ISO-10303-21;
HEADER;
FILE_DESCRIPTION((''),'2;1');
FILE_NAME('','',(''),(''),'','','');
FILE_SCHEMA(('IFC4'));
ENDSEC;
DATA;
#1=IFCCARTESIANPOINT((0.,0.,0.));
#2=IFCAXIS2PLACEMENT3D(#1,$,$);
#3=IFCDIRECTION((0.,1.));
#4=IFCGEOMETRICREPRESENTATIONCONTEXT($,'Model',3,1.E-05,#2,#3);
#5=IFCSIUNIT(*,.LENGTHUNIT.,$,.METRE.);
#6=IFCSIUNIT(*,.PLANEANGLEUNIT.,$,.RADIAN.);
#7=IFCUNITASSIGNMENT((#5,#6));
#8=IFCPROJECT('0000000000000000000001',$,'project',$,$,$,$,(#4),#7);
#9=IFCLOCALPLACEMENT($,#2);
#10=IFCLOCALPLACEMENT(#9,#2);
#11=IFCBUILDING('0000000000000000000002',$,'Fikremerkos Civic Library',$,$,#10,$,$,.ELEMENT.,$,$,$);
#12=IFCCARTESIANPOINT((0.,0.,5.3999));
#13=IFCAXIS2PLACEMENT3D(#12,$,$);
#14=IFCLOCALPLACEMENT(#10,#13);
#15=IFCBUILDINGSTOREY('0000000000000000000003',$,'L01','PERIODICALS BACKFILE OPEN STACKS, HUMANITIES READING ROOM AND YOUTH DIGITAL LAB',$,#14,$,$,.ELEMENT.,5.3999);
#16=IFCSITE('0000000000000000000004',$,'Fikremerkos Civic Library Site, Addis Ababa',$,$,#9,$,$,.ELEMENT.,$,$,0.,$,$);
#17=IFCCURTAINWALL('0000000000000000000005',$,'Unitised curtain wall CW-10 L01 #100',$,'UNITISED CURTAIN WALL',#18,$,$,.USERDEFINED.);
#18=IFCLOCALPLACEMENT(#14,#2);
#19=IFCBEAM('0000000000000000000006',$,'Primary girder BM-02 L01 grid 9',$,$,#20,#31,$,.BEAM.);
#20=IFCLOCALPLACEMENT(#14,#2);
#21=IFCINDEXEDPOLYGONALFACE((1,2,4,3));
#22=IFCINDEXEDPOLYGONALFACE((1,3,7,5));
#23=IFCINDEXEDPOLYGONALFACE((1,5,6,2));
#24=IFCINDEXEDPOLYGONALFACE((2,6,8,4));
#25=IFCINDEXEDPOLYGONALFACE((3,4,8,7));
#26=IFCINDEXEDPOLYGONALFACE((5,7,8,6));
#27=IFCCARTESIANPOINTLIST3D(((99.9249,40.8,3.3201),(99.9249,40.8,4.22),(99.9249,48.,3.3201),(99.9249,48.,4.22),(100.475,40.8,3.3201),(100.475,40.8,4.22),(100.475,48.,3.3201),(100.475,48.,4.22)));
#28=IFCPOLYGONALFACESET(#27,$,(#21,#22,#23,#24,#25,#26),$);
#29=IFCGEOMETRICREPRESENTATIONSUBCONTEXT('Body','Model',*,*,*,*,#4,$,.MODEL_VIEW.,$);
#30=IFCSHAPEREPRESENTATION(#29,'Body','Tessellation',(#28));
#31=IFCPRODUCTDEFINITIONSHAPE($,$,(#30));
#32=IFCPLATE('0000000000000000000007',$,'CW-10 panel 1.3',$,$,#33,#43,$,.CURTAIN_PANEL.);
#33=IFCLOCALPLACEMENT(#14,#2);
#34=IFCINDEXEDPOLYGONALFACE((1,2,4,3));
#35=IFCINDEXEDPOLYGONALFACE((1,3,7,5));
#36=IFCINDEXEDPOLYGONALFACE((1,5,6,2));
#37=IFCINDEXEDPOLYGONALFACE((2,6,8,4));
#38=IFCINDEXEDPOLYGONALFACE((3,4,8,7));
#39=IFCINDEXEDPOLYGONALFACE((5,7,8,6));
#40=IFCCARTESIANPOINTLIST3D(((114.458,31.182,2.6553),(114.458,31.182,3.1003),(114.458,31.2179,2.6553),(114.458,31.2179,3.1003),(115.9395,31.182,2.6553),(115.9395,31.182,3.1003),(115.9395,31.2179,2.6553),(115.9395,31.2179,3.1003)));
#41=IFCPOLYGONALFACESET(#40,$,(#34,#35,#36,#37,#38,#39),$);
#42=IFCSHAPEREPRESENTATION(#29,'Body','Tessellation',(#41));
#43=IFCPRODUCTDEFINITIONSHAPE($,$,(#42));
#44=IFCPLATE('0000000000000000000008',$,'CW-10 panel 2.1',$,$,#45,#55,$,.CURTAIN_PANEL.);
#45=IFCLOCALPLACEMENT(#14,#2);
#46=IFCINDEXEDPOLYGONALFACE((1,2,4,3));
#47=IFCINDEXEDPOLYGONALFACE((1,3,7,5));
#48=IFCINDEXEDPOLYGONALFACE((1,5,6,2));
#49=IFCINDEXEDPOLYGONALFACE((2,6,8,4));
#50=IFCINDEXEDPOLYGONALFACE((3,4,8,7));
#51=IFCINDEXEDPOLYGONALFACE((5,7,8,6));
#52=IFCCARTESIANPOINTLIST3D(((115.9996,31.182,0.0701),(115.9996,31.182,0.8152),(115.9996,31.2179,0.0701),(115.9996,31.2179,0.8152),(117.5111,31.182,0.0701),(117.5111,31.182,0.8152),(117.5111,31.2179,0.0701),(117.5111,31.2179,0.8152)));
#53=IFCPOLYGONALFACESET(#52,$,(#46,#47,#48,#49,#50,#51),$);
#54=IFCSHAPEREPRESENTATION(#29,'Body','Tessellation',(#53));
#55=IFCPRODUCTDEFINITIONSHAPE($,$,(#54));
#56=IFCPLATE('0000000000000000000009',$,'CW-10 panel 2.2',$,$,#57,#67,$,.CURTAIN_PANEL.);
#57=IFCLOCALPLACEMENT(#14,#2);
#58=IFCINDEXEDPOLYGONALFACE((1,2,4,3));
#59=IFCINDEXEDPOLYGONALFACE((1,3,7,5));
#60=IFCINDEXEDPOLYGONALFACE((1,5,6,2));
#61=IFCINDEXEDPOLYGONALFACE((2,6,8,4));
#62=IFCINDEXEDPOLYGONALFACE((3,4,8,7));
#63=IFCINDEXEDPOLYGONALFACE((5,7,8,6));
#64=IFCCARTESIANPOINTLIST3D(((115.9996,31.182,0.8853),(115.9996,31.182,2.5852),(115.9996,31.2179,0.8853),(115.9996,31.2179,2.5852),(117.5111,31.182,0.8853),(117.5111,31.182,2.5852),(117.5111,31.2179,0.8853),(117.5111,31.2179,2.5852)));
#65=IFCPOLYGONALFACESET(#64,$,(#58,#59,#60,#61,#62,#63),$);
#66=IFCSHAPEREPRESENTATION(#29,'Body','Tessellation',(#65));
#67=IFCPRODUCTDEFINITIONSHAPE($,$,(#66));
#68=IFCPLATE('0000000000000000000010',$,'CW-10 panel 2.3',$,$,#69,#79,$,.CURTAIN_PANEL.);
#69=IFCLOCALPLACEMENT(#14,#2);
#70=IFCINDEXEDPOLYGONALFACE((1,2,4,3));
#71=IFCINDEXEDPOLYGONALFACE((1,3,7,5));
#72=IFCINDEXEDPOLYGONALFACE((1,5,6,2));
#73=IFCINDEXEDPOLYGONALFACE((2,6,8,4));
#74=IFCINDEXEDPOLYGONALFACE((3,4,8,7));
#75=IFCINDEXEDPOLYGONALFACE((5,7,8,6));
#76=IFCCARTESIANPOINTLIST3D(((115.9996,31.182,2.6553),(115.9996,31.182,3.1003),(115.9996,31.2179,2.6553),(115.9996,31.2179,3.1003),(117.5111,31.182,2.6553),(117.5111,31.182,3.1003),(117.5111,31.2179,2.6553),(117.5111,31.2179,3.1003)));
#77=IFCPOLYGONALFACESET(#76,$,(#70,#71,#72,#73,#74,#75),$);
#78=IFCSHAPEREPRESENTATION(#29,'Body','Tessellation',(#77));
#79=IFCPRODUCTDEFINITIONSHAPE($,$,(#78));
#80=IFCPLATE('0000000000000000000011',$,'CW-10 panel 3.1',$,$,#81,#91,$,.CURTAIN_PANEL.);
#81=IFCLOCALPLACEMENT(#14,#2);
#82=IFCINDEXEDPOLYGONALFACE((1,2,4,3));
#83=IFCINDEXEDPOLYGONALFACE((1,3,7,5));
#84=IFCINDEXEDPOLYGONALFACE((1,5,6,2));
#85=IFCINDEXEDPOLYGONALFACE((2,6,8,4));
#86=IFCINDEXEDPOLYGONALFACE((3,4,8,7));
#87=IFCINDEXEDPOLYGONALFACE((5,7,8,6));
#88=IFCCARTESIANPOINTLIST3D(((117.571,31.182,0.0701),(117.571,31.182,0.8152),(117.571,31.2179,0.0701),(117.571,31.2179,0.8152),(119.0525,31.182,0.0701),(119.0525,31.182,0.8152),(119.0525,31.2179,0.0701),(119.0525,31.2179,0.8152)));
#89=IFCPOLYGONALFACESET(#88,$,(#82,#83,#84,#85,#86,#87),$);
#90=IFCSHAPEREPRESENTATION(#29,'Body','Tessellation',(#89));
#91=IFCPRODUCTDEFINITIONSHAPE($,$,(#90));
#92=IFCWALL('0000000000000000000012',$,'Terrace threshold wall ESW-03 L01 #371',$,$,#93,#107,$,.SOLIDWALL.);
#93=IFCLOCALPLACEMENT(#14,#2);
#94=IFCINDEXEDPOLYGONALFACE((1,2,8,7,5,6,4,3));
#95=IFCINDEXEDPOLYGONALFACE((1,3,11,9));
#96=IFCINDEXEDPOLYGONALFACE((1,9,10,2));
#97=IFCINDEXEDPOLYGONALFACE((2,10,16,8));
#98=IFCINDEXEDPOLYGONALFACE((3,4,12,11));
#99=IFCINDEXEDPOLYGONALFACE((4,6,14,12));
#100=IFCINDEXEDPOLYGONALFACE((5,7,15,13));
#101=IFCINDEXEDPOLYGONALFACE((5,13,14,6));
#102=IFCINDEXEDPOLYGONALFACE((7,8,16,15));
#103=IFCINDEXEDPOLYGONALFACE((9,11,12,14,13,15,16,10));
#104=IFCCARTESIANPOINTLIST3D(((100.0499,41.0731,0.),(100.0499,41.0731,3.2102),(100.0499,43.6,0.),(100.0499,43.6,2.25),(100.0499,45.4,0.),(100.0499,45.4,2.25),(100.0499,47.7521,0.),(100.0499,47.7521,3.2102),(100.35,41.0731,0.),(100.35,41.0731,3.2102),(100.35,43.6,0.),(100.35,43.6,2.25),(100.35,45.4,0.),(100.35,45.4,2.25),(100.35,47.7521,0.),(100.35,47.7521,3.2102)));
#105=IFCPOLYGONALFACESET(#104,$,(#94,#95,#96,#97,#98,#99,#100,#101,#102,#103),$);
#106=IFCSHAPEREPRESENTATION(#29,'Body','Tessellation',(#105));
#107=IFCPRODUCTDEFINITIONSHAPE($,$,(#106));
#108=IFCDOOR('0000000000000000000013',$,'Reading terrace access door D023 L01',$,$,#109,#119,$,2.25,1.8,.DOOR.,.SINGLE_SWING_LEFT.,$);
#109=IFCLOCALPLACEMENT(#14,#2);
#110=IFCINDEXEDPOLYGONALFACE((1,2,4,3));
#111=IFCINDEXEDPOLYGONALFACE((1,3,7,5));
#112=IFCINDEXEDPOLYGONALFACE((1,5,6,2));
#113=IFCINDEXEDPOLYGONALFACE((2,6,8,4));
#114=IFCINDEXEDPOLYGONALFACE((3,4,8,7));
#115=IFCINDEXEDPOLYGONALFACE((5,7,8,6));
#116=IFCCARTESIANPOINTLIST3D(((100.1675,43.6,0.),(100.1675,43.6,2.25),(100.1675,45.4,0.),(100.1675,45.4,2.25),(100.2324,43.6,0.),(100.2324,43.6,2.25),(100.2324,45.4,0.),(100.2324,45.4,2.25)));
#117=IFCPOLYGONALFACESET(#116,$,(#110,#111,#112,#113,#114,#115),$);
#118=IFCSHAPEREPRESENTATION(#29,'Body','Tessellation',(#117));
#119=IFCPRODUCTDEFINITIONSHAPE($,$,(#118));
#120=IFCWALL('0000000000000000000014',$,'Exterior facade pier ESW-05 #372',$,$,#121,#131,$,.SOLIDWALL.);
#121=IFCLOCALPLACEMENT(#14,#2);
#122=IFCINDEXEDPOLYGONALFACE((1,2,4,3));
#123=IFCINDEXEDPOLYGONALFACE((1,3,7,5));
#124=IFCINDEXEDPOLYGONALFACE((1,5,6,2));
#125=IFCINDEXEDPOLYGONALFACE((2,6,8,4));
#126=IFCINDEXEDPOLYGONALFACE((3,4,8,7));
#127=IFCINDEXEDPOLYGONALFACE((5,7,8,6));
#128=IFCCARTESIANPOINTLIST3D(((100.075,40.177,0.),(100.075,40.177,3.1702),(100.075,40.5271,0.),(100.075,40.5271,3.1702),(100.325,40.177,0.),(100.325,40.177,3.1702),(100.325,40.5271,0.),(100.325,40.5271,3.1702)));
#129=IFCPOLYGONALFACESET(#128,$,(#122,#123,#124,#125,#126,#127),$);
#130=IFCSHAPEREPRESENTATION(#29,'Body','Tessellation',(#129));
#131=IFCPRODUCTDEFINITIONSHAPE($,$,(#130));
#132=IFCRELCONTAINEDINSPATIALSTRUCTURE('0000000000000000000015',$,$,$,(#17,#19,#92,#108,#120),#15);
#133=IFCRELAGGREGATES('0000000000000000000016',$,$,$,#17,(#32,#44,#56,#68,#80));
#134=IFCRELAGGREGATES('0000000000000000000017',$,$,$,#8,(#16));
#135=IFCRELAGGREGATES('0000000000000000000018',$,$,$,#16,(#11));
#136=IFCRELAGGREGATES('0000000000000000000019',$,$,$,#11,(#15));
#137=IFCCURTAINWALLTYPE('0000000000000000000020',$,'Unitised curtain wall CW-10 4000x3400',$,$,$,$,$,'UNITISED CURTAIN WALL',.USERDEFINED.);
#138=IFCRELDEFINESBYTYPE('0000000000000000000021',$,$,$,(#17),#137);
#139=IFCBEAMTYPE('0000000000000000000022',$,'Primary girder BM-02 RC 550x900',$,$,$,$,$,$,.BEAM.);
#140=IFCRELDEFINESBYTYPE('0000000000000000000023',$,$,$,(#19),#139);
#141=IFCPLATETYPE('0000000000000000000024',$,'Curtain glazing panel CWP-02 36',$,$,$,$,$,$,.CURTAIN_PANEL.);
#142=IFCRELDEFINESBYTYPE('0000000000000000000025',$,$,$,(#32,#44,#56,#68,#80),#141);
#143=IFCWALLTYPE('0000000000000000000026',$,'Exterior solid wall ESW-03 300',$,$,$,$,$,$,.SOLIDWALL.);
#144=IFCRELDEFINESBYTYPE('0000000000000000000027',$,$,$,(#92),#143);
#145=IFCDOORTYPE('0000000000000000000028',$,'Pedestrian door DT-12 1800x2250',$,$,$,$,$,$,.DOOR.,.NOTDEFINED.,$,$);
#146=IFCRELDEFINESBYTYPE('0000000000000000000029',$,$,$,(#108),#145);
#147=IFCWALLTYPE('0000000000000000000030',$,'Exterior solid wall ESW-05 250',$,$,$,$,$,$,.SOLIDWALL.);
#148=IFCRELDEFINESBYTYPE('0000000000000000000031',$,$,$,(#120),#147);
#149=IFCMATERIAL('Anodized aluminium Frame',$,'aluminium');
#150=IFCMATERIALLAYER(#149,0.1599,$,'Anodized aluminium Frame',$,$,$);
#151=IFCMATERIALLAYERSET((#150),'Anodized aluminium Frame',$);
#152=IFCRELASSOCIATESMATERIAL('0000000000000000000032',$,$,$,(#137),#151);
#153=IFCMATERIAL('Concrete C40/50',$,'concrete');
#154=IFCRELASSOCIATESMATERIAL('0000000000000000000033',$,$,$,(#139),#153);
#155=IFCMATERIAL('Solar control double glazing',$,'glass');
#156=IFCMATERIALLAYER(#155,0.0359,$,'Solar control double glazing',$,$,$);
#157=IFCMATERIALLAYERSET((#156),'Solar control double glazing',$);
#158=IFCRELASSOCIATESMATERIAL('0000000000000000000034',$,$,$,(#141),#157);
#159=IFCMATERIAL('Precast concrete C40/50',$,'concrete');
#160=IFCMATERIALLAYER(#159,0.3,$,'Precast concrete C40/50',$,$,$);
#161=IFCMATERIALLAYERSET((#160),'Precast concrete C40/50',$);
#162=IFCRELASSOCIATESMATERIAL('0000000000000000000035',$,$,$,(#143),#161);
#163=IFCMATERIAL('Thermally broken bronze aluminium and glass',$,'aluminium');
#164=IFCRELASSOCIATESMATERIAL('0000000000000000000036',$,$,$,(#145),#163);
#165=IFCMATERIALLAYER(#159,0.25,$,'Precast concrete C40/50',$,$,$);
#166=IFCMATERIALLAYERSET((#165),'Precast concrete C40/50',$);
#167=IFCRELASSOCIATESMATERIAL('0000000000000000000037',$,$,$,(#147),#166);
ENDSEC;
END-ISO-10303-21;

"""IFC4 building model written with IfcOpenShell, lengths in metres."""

from ifc_helpers import new_model, si_unit, direction, frame, frame_2d, origin, origin_2d, place, context, subcontext, project, spatial, rectangle, extrude, material, layer, layer_set, material_profile, profile_set, type_object, element, fill, aggregate, save


model = new_model("IFC4")

# Units and contexts
model_context = context("Model", 3, precision=1e-05, world=origin(), true_north=direction((0.0, 1.0)))
body_context = subcontext(model_context, "Body", "Model", "MODEL_VIEW")
ifc_project = project(units=[si_unit("LENGTHUNIT", "METRE"), si_unit("PLANEANGLEUNIT", "RADIAN")], contexts=[model_context])

# Site, building, storey
site_placement = place(None, origin())
site = spatial("IfcSite", under=ifc_project, at=site_placement, Name="Fikremerkos Civic Library Site, Addis Ababa", CompositionType="ELEMENT", RefElevation=0.0)
building_placement = place(site_placement, origin())
building = spatial("IfcBuilding", under=site, at=building_placement, Name="Fikremerkos Civic Library", CompositionType="ELEMENT")
storey_placement = place(building_placement, frame((0.0, 0.0, 5.3999)))
storey = spatial("IfcBuildingStorey", under=building, at=storey_placement, Name="L01", Description="PERIODICALS BACKFILE OPEN STACKS, HUMANITIES READING ROOM AND YOUTH DIGITAL LAB", CompositionType="ELEMENT", Elevation=5.3999)

# Shared definitions
ifc_material_1 = material(Name="Concrete C40/50", Category="concrete")

# Curtain wall
ifc_material_2 = material(Name="Anodized aluminium Frame", Category="aluminium")
ifc_layer_1 = layer(ifc_material_2, 0.1599, Name="Anodized aluminium Frame")
ifc_layer_set_1 = layer_set([ifc_layer_1], Name="Anodized aluminium Frame")
curtain_wall_type = type_object("IfcCurtainWallType", Name="Unitised curtain wall CW-10 4000x3400", ElementType="UNITISED CURTAIN WALL", PredefinedType="USERDEFINED", material=ifc_layer_set_1)
curtain_wall_placement = place(storey_placement, origin())
curtain_wall = element("IfcCurtainWall", 1, at=curtain_wall_placement, inside=storey, type_object=curtain_wall_type, Name="Unitised curtain wall CW-10 L01 #100", ObjectType="UNITISED CURTAIN WALL", PredefinedType="USERDEFINED")

# Beam
ifc_material_profile_1 = material_profile(ifc_material_1, rectangle(XDim=0.55, YDim=0.8999, at=origin_2d()), Name="RC 550x900")
ifc_profile_set_1 = profile_set([ifc_material_profile_1], Name="Concrete C40/50")
beam_type = type_object("IfcBeamType", Name="Primary girder BM-02 RC 550x900", PredefinedType="BEAM", material=ifc_profile_set_1)
beam_placement = place(storey_placement, frame((100.2, 40.8, 3.77), z_axis=(0.0, 1.0, 0.0), x_axis=(-1.0, 0.0, 0.0)))
element("IfcBeam", 2, at=beam_placement, inside=storey, type_object=beam_type, Name="Primary girder BM-02 L01 grid 9", PredefinedType="BEAM", context=body_context, shape_type="SweptSolid", body=[
    extrude(rectangle(XDim=0.55, YDim=0.8999, at=origin_2d()), origin(), (0.0, 0.0, 1.0), 7.2),
])

# Plates
ifc_material_3 = material(Name="Solar control double glazing", Category="glass")
ifc_layer_2 = layer(ifc_material_3, 0.0359, Name="Solar control double glazing")
ifc_layer_set_2 = layer_set([ifc_layer_2], Name="Solar control double glazing")
plate_type = type_object("IfcPlateType", Name="Curtain glazing panel CWP-02 36", PredefinedType="CURTAIN_PANEL", material=ifc_layer_set_2)
plate_1_placement = place(storey_placement, frame((115.1987, 31.2, 2.6553), z_axis=(0.0, 0.0, 1.0), x_axis=(1.0, 0.0, 0.0)))
plate_1 = element("IfcPlate", 3, at=plate_1_placement, type_object=plate_type, Name="CW-10 panel 1.3", PredefinedType="CURTAIN_PANEL", context=body_context, shape_type="SweptSolid", body=[
    extrude(rectangle(XDim=1.4814, YDim=0.0359, at=origin_2d()), origin(), (0.0, 0.0, 1.0), 0.4451),
])
plate_2_placement = place(storey_placement, frame((116.7554, 31.2, 0.0701), z_axis=(0.0, 0.0, 1.0), x_axis=(1.0, 0.0, 0.0)))
plate_2 = element("IfcPlate", 4, at=plate_2_placement, type_object=plate_type, Name="CW-10 panel 2.1", PredefinedType="CURTAIN_PANEL", context=body_context, shape_type="SweptSolid", body=[
    extrude(rectangle(XDim=1.5115, YDim=0.0359, at=origin_2d()), origin(), (0.0, 0.0, 1.0), 0.7451),
])
plate_3_placement = place(storey_placement, frame((116.7554, 31.2, 0.8853), z_axis=(0.0, 0.0, 1.0), x_axis=(1.0, 0.0, 0.0)))
plate_3 = element("IfcPlate", 5, at=plate_3_placement, type_object=plate_type, Name="CW-10 panel 2.2", PredefinedType="CURTAIN_PANEL", context=body_context, shape_type="SweptSolid", body=[
    extrude(rectangle(XDim=1.5115, YDim=0.0359, at=origin_2d()), origin(), (0.0, 0.0, 1.0), 1.7),
])
plate_4_placement = place(storey_placement, frame((116.7554, 31.2, 2.6553), z_axis=(0.0, 0.0, 1.0), x_axis=(1.0, 0.0, 0.0)))
plate_4 = element("IfcPlate", 6, at=plate_4_placement, type_object=plate_type, Name="CW-10 panel 2.3", PredefinedType="CURTAIN_PANEL", context=body_context, shape_type="SweptSolid", body=[
    extrude(rectangle(XDim=1.5115, YDim=0.0359, at=origin_2d()), origin(), (0.0, 0.0, 1.0), 0.4451),
])
plate_5_placement = place(storey_placement, frame((118.3118, 31.2, 0.0701), z_axis=(0.0, 0.0, 1.0), x_axis=(1.0, 0.0, 0.0)))
plate_5 = element("IfcPlate", 7, at=plate_5_placement, type_object=plate_type, Name="CW-10 panel 3.1", PredefinedType="CURTAIN_PANEL", context=body_context, shape_type="SweptSolid", body=[
    extrude(rectangle(XDim=1.4814, YDim=0.0359, at=origin_2d()), origin(), (0.0, 0.0, 1.0), 0.7451),
])
aggregate(curtain_wall, [plate_1, plate_2, plate_3, plate_4, plate_5])

# Wall, opening, door
ifc_material_4 = material(Name="Precast concrete C40/50", Category="concrete")
ifc_layer_3 = layer(ifc_material_4, 0.3, Name="Precast concrete C40/50")
ifc_layer_set_3 = layer_set([ifc_layer_3], Name="Precast concrete C40/50")
wall_type_1 = type_object("IfcWallType", Name="Exterior solid wall ESW-03 300", PredefinedType="SOLIDWALL", material=ifc_layer_set_3)
wall_1_placement = place(storey_placement, frame((100.2, 47.752, 0.0), z_axis=(0.0, 0.0, 1.0), x_axis=(0.0, -1.0, 0.0)))
wall_1 = element("IfcWall", 8, at=wall_1_placement, inside=storey, type_object=wall_type_1, Name="Terrace threshold wall ESW-03 L01 #371", PredefinedType="SOLIDWALL", context=body_context, shape_type="SweptSolid", body=[
    extrude(rectangle(XDim=6.679, YDim=0.3, at=frame_2d((3.3394, 0.0))), origin(), (0.0, 0.0, 1.0), 3.2102),
])
opening_placement = place(wall_1_placement, frame((2.3521, 0.0, 0.0)))
opening = element("IfcOpeningElement", 9, at=opening_placement, cuts=wall_1, PredefinedType="OPENING", context=body_context, shape_type="SweptSolid", body=[
    extrude(rectangle(XDim=1.8, YDim=2.25, at=frame_2d((0.8999, 1.125))), frame((0.0, 0.1599, 0.0), z_axis=(0.0, -1.0, 0.0), x_axis=(1.0, 0.0, 0.0)), (0.0, 0.0, 1.0), 0.3201),
])
ifc_material_5 = material(Name="Thermally broken bronze aluminium and glass", Category="aluminium")
door_type = type_object("IfcDoorType", Name="Pedestrian door DT-12 1800x2250", OperationType="NOTDEFINED", PredefinedType="DOOR", material=ifc_material_5)
door_placement = place(opening_placement, origin())
door = element("IfcDoor", 10, at=door_placement, inside=storey, type_object=door_type, Name="Reading terrace access door D023 L01", OperationType="SINGLE_SWING_LEFT", OverallHeight=2.25, OverallWidth=1.8, PredefinedType="DOOR", context=body_context, shape_type="SweptSolid", body=[
    extrude(rectangle(XDim=1.8, YDim=2.25, at=frame_2d((0.8999, 1.125))), frame((0.0, 0.0325, 0.0), z_axis=(0.0, -1.0, 0.0), x_axis=(1.0, 0.0, 0.0)), (0.0, 0.0, 1.0), 0.0649),
])
fill(opening, door)

# Wall
ifc_layer_4 = layer(ifc_material_4, 0.25, Name="Precast concrete C40/50")
ifc_layer_set_4 = layer_set([ifc_layer_4], Name="Precast concrete C40/50")
wall_type_2 = type_object("IfcWallType", Name="Exterior solid wall ESW-05 250", PredefinedType="SOLIDWALL", material=ifc_layer_set_4)
wall_2_placement = place(storey_placement, frame((100.2, 40.5271, 0.0), z_axis=(0.0, 0.0, 1.0), x_axis=(0.0, -1.0, 0.0)))
element("IfcWall", 11, at=wall_2_placement, inside=storey, type_object=wall_type_2, Name="Exterior facade pier ESW-05 #372", PredefinedType="SOLIDWALL", context=body_context, shape_type="SweptSolid", body=[
    extrude(rectangle(XDim=0.3501, YDim=0.25, at=frame_2d((0.175, 0.0))), origin(), (0.0, 0.0, 1.0), 3.1702),
])

save(model, "model.ifc")
